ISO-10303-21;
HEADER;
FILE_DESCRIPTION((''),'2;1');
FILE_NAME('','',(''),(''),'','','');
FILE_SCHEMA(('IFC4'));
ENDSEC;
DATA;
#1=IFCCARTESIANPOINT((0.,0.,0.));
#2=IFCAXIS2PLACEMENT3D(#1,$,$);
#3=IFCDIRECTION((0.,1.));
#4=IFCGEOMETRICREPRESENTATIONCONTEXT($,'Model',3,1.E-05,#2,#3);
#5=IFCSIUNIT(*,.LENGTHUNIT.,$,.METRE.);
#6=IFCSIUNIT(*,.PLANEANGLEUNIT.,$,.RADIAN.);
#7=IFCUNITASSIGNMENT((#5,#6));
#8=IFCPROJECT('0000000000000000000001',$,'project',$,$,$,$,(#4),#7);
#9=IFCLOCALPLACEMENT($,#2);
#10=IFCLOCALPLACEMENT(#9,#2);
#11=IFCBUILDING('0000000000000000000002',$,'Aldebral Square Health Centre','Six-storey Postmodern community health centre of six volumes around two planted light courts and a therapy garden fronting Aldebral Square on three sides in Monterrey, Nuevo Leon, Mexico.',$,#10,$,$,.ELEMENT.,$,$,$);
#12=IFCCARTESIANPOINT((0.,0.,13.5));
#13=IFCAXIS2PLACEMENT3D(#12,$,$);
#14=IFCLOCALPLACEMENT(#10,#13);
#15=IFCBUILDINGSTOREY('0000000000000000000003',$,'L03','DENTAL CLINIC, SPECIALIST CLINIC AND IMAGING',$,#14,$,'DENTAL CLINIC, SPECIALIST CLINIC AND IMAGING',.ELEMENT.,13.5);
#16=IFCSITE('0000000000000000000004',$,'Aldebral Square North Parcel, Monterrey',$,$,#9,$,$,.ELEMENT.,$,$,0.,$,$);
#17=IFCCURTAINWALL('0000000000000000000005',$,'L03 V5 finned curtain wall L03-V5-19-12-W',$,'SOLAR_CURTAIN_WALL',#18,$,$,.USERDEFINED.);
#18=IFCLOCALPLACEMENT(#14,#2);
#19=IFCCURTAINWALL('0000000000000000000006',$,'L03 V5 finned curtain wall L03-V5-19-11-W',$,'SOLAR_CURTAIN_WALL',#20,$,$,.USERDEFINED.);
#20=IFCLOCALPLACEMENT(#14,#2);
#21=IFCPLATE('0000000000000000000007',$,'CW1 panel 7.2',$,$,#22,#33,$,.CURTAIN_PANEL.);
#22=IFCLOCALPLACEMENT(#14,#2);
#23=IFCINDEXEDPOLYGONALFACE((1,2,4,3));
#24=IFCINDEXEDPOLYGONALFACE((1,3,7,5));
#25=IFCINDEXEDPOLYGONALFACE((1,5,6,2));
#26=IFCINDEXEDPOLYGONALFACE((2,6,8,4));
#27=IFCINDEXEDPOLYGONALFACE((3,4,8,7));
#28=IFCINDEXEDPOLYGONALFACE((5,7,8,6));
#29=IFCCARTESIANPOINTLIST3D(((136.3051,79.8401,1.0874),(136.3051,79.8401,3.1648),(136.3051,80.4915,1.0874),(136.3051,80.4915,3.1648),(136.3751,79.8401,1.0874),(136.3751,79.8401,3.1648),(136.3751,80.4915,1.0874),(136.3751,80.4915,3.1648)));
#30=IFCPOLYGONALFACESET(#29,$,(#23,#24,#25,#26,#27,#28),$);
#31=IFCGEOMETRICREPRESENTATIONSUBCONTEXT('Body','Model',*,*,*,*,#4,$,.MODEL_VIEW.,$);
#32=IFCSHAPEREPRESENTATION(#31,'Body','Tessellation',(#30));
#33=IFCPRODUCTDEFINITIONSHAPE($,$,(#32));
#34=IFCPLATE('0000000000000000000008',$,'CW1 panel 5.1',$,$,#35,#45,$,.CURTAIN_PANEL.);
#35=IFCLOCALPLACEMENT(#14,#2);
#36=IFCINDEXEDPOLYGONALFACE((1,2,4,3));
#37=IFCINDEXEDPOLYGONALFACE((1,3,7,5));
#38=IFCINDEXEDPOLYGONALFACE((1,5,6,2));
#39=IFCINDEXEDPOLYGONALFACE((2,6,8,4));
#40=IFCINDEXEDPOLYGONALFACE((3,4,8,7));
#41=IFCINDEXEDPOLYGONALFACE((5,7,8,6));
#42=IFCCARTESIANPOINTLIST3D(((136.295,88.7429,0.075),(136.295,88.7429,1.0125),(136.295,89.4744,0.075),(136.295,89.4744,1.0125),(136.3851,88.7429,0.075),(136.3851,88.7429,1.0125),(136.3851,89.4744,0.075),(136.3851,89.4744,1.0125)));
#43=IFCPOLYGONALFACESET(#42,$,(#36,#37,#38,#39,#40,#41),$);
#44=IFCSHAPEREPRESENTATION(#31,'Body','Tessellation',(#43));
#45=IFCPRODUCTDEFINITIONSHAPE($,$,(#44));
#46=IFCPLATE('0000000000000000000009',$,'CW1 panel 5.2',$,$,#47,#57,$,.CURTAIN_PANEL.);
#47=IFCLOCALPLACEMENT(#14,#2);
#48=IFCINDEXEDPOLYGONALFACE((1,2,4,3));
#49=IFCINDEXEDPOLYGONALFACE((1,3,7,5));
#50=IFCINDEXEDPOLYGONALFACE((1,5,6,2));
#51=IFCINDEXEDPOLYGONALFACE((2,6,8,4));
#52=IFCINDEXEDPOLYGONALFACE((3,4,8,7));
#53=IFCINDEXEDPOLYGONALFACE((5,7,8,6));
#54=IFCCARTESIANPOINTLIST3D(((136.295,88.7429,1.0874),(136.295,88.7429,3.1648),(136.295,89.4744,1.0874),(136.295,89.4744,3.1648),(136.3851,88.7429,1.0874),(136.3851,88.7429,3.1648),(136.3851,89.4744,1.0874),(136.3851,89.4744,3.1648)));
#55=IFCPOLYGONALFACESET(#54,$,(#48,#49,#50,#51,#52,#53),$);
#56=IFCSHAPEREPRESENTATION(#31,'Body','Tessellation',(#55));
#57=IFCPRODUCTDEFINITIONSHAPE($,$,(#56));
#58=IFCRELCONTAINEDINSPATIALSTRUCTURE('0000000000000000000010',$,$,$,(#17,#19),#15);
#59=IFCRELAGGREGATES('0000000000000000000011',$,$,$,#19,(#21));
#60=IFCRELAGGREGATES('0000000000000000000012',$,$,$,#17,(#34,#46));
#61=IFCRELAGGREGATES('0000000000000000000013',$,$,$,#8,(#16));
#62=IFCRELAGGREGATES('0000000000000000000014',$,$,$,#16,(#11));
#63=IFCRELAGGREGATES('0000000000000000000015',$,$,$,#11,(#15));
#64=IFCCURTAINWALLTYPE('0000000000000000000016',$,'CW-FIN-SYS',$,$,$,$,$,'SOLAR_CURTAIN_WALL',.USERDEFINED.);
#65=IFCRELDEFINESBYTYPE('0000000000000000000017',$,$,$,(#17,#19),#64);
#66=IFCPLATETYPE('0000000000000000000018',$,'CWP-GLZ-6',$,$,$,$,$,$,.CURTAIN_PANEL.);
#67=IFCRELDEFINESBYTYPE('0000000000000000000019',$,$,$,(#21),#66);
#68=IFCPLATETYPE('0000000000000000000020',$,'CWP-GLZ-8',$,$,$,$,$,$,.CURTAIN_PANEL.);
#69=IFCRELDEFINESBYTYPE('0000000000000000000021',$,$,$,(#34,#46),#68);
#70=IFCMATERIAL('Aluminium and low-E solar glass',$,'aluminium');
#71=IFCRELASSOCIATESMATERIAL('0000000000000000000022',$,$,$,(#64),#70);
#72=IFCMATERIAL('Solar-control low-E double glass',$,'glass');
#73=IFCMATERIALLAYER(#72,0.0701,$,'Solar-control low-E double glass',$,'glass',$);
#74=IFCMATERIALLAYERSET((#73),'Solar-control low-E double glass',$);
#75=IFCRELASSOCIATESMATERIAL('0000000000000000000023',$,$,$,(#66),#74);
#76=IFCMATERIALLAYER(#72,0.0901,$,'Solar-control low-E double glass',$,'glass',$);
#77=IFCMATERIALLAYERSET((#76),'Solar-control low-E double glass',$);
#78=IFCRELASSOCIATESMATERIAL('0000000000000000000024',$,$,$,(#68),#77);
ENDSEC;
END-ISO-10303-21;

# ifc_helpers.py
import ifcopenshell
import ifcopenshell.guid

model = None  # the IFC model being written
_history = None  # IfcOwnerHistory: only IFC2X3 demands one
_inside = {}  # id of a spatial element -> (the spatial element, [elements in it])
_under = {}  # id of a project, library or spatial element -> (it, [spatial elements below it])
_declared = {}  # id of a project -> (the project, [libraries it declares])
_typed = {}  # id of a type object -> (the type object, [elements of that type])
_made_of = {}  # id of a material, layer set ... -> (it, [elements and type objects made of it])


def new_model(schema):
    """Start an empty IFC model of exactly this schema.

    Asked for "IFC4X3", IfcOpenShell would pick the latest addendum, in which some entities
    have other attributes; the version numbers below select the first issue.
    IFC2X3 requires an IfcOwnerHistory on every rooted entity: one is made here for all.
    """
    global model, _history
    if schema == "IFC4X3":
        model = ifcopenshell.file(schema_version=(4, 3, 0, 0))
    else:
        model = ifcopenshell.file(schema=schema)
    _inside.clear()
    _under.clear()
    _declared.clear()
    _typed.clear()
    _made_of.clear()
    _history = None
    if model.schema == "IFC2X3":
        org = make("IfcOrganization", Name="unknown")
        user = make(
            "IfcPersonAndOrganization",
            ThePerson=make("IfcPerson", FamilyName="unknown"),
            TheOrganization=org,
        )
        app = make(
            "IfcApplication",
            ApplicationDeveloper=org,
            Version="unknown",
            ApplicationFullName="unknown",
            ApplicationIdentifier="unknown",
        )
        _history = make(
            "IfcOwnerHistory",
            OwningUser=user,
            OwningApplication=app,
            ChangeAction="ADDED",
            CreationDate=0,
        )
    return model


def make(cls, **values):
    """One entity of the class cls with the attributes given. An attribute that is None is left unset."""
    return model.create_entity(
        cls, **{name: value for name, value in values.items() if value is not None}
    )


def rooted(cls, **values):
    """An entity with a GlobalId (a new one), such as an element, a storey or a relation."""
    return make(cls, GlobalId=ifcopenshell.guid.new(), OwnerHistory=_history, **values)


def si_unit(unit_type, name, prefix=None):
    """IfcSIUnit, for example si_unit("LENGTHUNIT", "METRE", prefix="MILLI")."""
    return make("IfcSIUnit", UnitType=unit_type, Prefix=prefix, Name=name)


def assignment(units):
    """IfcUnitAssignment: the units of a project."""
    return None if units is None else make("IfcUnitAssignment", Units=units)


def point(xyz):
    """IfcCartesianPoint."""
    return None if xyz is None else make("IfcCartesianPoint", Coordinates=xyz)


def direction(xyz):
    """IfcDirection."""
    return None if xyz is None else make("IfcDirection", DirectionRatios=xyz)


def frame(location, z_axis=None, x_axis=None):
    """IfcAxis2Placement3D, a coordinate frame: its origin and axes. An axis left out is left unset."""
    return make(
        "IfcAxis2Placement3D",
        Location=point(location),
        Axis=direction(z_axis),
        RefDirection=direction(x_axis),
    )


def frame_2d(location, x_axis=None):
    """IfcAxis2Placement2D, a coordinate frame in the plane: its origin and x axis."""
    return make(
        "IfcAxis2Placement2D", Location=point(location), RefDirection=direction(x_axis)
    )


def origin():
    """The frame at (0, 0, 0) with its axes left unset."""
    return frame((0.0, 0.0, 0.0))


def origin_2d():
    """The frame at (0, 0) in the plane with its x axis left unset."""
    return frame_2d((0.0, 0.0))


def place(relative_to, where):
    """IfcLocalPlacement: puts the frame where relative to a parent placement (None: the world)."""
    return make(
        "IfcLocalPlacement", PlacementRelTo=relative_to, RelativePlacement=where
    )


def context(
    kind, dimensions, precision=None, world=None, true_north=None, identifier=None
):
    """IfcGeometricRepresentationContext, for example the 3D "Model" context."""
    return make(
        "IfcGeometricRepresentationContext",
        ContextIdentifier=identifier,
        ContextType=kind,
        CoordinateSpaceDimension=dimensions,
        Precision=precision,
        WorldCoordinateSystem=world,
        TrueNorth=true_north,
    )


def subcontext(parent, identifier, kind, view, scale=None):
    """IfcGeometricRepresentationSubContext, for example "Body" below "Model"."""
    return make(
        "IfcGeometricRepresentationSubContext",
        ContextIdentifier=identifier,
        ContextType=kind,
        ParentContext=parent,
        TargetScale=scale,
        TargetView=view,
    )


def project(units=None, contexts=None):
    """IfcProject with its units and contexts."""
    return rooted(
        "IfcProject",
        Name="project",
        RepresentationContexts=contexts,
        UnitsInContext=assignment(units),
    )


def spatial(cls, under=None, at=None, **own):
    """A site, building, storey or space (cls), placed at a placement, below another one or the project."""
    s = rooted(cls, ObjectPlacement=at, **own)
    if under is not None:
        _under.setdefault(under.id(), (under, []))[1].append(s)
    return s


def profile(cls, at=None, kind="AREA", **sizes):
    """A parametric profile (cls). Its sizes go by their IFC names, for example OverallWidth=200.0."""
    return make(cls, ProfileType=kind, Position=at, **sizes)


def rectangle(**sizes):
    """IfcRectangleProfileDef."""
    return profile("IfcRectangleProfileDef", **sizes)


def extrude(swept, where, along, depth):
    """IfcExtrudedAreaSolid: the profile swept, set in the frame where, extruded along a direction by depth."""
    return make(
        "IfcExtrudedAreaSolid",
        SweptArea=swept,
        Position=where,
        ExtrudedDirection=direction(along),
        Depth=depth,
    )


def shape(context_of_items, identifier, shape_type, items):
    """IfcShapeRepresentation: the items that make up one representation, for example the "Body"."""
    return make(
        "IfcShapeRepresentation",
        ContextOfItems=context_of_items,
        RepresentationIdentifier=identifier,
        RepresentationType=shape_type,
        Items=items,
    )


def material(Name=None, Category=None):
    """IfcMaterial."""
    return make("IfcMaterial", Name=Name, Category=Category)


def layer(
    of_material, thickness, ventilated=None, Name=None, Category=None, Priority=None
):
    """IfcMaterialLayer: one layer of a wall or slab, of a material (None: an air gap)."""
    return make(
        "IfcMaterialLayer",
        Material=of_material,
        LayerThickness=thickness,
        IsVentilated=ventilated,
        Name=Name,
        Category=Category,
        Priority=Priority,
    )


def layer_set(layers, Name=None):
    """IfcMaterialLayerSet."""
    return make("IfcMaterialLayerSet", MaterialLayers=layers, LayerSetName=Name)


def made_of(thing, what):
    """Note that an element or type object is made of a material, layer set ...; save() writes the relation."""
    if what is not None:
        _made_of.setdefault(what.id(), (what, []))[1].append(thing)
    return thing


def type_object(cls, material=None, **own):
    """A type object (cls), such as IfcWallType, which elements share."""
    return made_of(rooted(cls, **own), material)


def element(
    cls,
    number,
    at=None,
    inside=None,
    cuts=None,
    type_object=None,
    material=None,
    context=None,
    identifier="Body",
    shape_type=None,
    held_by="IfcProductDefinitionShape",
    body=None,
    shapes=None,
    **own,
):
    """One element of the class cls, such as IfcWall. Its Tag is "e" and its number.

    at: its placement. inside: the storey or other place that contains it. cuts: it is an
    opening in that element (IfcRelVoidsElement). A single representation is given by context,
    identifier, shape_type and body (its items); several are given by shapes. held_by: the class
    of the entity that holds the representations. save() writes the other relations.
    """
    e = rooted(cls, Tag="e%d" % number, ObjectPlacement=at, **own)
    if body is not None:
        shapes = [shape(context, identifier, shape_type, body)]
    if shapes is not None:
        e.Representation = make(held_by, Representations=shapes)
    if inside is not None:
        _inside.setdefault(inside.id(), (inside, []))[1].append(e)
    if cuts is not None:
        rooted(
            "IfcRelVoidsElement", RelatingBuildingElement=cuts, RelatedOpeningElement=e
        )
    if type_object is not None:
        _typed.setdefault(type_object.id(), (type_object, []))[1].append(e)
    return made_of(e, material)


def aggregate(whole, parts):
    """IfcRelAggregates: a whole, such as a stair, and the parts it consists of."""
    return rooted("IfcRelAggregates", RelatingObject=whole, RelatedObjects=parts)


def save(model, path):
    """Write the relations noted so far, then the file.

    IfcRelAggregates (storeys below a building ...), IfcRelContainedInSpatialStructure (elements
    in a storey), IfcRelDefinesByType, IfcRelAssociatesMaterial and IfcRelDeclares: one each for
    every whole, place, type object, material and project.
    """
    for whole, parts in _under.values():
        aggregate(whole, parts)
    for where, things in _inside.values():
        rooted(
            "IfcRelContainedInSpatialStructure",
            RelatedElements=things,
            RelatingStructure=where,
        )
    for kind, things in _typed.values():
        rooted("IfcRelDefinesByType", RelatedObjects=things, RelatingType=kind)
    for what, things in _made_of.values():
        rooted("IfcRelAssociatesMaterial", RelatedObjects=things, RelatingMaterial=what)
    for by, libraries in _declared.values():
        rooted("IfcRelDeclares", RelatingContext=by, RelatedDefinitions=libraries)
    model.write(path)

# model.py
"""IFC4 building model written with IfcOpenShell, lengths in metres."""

from ifc_helpers import new_model, si_unit, direction, frame, origin, origin_2d, place, context, subcontext, project, spatial, rectangle, extrude, material, layer, layer_set, type_object, element, aggregate, save


model = new_model("IFC4")

# Units and contexts
model_context = context("Model", 3, precision=1e-05, world=origin(), true_north=direction((0.0, 1.0)))
body_context = subcontext(model_context, "Body", "Model", "MODEL_VIEW")
ifc_project = project(units=[si_unit("LENGTHUNIT", "METRE"), si_unit("PLANEANGLEUNIT", "RADIAN")], contexts=[model_context])

# Site, building, storey
site_placement = place(None, origin())
site = spatial("IfcSite", under=ifc_project, at=site_placement, Name="Aldebral Square North Parcel, Monterrey", CompositionType="ELEMENT", RefElevation=0.0)
building_placement = place(site_placement, origin())
building = spatial("IfcBuilding", under=site, at=building_placement, Name="Aldebral Square Health Centre", Description="Six-storey Postmodern community health centre of six volumes around two planted light courts and a therapy garden fronting Aldebral Square on three sides in Monterrey, Nuevo Leon, Mexico.", CompositionType="ELEMENT")
storey_placement = place(building_placement, frame((0.0, 0.0, 13.5)))
storey = spatial("IfcBuildingStorey", under=building, at=storey_placement, Name="L03", Description="DENTAL CLINIC, SPECIALIST CLINIC AND IMAGING", LongName="DENTAL CLINIC, SPECIALIST CLINIC AND IMAGING", CompositionType="ELEMENT", Elevation=13.5)

# Curtain wall
ifc_material_1 = material(Name="Aluminium and low-E solar glass", Category="aluminium")
curtain_wall_type = type_object("IfcCurtainWallType", Name="CW-FIN-SYS", ElementType="SOLAR_CURTAIN_WALL", PredefinedType="USERDEFINED", material=ifc_material_1)
curtain_wall_1_placement = place(storey_placement, origin())
curtain_wall_1 = element("IfcCurtainWall", 1, at=curtain_wall_1_placement, inside=storey, type_object=curtain_wall_type, Name="L03 V5 finned curtain wall L03-V5-19-12-W", ObjectType="SOLAR_CURTAIN_WALL", PredefinedType="USERDEFINED")

# Curtain wall, plate
curtain_wall_2_placement = place(storey_placement, origin())
curtain_wall_2 = element("IfcCurtainWall", 2, at=curtain_wall_2_placement, inside=storey, type_object=curtain_wall_type, Name="L03 V5 finned curtain wall L03-V5-19-11-W", ObjectType="SOLAR_CURTAIN_WALL", PredefinedType="USERDEFINED")
ifc_material_2 = material(Name="Solar-control low-E double glass", Category="glass")
ifc_layer_1 = layer(ifc_material_2, 0.0701, Name="Solar-control low-E double glass", Category="glass")
ifc_layer_set_1 = layer_set([ifc_layer_1], Name="Solar-control low-E double glass")
plate_type_1 = type_object("IfcPlateType", Name="CWP-GLZ-6", PredefinedType="CURTAIN_PANEL", material=ifc_layer_set_1)
plate_1_placement = place(storey_placement, frame((136.3401, 80.1658, 1.0874), z_axis=(0.0, 0.0, 1.0), x_axis=(0.0, -1.0, 0.0)))
plate_1 = element("IfcPlate", 3, at=plate_1_placement, type_object=plate_type_1, Name="CW1 panel 7.2", PredefinedType="CURTAIN_PANEL", context=body_context, shape_type="SweptSolid", body=[
    extrude(rectangle(XDim=0.6514, YDim=0.0701, at=origin_2d()), origin(), (0.0, 0.0, 1.0), 2.0774),
])
aggregate(curtain_wall_2, [plate_1])

# Plates
ifc_layer_2 = layer(ifc_material_2, 0.0901, Name="Solar-control low-E double glass", Category="glass")
ifc_layer_set_2 = layer_set([ifc_layer_2], Name="Solar-control low-E double glass")
plate_type_2 = type_object("IfcPlateType", Name="CWP-GLZ-8", PredefinedType="CURTAIN_PANEL", material=ifc_layer_set_2)
plate_2_placement = place(storey_placement, frame((136.3401, 89.1086, 0.075), z_axis=(0.0, 0.0, 1.0), x_axis=(0.0, -1.0, 0.0)))
plate_2 = element("IfcPlate", 4, at=plate_2_placement, type_object=plate_type_2, Name="CW1 panel 5.1", PredefinedType="CURTAIN_PANEL", context=body_context, shape_type="SweptSolid", body=[
    extrude(rectangle(XDim=0.7314, YDim=0.0901, at=origin_2d()), origin(), (0.0, 0.0, 1.0), 0.9375),
])
plate_3_placement = place(storey_placement, frame((136.3401, 89.1086, 1.0874), z_axis=(0.0, 0.0, 1.0), x_axis=(0.0, -1.0, 0.0)))
plate_3 = element("IfcPlate", 5, at=plate_3_placement, type_object=plate_type_2, Name="CW1 panel 5.2", PredefinedType="CURTAIN_PANEL", context=body_context, shape_type="SweptSolid", body=[
    extrude(rectangle(XDim=0.7314, YDim=0.0901, at=origin_2d()), origin(), (0.0, 0.0, 1.0), 2.0774),
])
aggregate(curtain_wall_1, [plate_2, plate_3])

save(model, "model.ifc")
